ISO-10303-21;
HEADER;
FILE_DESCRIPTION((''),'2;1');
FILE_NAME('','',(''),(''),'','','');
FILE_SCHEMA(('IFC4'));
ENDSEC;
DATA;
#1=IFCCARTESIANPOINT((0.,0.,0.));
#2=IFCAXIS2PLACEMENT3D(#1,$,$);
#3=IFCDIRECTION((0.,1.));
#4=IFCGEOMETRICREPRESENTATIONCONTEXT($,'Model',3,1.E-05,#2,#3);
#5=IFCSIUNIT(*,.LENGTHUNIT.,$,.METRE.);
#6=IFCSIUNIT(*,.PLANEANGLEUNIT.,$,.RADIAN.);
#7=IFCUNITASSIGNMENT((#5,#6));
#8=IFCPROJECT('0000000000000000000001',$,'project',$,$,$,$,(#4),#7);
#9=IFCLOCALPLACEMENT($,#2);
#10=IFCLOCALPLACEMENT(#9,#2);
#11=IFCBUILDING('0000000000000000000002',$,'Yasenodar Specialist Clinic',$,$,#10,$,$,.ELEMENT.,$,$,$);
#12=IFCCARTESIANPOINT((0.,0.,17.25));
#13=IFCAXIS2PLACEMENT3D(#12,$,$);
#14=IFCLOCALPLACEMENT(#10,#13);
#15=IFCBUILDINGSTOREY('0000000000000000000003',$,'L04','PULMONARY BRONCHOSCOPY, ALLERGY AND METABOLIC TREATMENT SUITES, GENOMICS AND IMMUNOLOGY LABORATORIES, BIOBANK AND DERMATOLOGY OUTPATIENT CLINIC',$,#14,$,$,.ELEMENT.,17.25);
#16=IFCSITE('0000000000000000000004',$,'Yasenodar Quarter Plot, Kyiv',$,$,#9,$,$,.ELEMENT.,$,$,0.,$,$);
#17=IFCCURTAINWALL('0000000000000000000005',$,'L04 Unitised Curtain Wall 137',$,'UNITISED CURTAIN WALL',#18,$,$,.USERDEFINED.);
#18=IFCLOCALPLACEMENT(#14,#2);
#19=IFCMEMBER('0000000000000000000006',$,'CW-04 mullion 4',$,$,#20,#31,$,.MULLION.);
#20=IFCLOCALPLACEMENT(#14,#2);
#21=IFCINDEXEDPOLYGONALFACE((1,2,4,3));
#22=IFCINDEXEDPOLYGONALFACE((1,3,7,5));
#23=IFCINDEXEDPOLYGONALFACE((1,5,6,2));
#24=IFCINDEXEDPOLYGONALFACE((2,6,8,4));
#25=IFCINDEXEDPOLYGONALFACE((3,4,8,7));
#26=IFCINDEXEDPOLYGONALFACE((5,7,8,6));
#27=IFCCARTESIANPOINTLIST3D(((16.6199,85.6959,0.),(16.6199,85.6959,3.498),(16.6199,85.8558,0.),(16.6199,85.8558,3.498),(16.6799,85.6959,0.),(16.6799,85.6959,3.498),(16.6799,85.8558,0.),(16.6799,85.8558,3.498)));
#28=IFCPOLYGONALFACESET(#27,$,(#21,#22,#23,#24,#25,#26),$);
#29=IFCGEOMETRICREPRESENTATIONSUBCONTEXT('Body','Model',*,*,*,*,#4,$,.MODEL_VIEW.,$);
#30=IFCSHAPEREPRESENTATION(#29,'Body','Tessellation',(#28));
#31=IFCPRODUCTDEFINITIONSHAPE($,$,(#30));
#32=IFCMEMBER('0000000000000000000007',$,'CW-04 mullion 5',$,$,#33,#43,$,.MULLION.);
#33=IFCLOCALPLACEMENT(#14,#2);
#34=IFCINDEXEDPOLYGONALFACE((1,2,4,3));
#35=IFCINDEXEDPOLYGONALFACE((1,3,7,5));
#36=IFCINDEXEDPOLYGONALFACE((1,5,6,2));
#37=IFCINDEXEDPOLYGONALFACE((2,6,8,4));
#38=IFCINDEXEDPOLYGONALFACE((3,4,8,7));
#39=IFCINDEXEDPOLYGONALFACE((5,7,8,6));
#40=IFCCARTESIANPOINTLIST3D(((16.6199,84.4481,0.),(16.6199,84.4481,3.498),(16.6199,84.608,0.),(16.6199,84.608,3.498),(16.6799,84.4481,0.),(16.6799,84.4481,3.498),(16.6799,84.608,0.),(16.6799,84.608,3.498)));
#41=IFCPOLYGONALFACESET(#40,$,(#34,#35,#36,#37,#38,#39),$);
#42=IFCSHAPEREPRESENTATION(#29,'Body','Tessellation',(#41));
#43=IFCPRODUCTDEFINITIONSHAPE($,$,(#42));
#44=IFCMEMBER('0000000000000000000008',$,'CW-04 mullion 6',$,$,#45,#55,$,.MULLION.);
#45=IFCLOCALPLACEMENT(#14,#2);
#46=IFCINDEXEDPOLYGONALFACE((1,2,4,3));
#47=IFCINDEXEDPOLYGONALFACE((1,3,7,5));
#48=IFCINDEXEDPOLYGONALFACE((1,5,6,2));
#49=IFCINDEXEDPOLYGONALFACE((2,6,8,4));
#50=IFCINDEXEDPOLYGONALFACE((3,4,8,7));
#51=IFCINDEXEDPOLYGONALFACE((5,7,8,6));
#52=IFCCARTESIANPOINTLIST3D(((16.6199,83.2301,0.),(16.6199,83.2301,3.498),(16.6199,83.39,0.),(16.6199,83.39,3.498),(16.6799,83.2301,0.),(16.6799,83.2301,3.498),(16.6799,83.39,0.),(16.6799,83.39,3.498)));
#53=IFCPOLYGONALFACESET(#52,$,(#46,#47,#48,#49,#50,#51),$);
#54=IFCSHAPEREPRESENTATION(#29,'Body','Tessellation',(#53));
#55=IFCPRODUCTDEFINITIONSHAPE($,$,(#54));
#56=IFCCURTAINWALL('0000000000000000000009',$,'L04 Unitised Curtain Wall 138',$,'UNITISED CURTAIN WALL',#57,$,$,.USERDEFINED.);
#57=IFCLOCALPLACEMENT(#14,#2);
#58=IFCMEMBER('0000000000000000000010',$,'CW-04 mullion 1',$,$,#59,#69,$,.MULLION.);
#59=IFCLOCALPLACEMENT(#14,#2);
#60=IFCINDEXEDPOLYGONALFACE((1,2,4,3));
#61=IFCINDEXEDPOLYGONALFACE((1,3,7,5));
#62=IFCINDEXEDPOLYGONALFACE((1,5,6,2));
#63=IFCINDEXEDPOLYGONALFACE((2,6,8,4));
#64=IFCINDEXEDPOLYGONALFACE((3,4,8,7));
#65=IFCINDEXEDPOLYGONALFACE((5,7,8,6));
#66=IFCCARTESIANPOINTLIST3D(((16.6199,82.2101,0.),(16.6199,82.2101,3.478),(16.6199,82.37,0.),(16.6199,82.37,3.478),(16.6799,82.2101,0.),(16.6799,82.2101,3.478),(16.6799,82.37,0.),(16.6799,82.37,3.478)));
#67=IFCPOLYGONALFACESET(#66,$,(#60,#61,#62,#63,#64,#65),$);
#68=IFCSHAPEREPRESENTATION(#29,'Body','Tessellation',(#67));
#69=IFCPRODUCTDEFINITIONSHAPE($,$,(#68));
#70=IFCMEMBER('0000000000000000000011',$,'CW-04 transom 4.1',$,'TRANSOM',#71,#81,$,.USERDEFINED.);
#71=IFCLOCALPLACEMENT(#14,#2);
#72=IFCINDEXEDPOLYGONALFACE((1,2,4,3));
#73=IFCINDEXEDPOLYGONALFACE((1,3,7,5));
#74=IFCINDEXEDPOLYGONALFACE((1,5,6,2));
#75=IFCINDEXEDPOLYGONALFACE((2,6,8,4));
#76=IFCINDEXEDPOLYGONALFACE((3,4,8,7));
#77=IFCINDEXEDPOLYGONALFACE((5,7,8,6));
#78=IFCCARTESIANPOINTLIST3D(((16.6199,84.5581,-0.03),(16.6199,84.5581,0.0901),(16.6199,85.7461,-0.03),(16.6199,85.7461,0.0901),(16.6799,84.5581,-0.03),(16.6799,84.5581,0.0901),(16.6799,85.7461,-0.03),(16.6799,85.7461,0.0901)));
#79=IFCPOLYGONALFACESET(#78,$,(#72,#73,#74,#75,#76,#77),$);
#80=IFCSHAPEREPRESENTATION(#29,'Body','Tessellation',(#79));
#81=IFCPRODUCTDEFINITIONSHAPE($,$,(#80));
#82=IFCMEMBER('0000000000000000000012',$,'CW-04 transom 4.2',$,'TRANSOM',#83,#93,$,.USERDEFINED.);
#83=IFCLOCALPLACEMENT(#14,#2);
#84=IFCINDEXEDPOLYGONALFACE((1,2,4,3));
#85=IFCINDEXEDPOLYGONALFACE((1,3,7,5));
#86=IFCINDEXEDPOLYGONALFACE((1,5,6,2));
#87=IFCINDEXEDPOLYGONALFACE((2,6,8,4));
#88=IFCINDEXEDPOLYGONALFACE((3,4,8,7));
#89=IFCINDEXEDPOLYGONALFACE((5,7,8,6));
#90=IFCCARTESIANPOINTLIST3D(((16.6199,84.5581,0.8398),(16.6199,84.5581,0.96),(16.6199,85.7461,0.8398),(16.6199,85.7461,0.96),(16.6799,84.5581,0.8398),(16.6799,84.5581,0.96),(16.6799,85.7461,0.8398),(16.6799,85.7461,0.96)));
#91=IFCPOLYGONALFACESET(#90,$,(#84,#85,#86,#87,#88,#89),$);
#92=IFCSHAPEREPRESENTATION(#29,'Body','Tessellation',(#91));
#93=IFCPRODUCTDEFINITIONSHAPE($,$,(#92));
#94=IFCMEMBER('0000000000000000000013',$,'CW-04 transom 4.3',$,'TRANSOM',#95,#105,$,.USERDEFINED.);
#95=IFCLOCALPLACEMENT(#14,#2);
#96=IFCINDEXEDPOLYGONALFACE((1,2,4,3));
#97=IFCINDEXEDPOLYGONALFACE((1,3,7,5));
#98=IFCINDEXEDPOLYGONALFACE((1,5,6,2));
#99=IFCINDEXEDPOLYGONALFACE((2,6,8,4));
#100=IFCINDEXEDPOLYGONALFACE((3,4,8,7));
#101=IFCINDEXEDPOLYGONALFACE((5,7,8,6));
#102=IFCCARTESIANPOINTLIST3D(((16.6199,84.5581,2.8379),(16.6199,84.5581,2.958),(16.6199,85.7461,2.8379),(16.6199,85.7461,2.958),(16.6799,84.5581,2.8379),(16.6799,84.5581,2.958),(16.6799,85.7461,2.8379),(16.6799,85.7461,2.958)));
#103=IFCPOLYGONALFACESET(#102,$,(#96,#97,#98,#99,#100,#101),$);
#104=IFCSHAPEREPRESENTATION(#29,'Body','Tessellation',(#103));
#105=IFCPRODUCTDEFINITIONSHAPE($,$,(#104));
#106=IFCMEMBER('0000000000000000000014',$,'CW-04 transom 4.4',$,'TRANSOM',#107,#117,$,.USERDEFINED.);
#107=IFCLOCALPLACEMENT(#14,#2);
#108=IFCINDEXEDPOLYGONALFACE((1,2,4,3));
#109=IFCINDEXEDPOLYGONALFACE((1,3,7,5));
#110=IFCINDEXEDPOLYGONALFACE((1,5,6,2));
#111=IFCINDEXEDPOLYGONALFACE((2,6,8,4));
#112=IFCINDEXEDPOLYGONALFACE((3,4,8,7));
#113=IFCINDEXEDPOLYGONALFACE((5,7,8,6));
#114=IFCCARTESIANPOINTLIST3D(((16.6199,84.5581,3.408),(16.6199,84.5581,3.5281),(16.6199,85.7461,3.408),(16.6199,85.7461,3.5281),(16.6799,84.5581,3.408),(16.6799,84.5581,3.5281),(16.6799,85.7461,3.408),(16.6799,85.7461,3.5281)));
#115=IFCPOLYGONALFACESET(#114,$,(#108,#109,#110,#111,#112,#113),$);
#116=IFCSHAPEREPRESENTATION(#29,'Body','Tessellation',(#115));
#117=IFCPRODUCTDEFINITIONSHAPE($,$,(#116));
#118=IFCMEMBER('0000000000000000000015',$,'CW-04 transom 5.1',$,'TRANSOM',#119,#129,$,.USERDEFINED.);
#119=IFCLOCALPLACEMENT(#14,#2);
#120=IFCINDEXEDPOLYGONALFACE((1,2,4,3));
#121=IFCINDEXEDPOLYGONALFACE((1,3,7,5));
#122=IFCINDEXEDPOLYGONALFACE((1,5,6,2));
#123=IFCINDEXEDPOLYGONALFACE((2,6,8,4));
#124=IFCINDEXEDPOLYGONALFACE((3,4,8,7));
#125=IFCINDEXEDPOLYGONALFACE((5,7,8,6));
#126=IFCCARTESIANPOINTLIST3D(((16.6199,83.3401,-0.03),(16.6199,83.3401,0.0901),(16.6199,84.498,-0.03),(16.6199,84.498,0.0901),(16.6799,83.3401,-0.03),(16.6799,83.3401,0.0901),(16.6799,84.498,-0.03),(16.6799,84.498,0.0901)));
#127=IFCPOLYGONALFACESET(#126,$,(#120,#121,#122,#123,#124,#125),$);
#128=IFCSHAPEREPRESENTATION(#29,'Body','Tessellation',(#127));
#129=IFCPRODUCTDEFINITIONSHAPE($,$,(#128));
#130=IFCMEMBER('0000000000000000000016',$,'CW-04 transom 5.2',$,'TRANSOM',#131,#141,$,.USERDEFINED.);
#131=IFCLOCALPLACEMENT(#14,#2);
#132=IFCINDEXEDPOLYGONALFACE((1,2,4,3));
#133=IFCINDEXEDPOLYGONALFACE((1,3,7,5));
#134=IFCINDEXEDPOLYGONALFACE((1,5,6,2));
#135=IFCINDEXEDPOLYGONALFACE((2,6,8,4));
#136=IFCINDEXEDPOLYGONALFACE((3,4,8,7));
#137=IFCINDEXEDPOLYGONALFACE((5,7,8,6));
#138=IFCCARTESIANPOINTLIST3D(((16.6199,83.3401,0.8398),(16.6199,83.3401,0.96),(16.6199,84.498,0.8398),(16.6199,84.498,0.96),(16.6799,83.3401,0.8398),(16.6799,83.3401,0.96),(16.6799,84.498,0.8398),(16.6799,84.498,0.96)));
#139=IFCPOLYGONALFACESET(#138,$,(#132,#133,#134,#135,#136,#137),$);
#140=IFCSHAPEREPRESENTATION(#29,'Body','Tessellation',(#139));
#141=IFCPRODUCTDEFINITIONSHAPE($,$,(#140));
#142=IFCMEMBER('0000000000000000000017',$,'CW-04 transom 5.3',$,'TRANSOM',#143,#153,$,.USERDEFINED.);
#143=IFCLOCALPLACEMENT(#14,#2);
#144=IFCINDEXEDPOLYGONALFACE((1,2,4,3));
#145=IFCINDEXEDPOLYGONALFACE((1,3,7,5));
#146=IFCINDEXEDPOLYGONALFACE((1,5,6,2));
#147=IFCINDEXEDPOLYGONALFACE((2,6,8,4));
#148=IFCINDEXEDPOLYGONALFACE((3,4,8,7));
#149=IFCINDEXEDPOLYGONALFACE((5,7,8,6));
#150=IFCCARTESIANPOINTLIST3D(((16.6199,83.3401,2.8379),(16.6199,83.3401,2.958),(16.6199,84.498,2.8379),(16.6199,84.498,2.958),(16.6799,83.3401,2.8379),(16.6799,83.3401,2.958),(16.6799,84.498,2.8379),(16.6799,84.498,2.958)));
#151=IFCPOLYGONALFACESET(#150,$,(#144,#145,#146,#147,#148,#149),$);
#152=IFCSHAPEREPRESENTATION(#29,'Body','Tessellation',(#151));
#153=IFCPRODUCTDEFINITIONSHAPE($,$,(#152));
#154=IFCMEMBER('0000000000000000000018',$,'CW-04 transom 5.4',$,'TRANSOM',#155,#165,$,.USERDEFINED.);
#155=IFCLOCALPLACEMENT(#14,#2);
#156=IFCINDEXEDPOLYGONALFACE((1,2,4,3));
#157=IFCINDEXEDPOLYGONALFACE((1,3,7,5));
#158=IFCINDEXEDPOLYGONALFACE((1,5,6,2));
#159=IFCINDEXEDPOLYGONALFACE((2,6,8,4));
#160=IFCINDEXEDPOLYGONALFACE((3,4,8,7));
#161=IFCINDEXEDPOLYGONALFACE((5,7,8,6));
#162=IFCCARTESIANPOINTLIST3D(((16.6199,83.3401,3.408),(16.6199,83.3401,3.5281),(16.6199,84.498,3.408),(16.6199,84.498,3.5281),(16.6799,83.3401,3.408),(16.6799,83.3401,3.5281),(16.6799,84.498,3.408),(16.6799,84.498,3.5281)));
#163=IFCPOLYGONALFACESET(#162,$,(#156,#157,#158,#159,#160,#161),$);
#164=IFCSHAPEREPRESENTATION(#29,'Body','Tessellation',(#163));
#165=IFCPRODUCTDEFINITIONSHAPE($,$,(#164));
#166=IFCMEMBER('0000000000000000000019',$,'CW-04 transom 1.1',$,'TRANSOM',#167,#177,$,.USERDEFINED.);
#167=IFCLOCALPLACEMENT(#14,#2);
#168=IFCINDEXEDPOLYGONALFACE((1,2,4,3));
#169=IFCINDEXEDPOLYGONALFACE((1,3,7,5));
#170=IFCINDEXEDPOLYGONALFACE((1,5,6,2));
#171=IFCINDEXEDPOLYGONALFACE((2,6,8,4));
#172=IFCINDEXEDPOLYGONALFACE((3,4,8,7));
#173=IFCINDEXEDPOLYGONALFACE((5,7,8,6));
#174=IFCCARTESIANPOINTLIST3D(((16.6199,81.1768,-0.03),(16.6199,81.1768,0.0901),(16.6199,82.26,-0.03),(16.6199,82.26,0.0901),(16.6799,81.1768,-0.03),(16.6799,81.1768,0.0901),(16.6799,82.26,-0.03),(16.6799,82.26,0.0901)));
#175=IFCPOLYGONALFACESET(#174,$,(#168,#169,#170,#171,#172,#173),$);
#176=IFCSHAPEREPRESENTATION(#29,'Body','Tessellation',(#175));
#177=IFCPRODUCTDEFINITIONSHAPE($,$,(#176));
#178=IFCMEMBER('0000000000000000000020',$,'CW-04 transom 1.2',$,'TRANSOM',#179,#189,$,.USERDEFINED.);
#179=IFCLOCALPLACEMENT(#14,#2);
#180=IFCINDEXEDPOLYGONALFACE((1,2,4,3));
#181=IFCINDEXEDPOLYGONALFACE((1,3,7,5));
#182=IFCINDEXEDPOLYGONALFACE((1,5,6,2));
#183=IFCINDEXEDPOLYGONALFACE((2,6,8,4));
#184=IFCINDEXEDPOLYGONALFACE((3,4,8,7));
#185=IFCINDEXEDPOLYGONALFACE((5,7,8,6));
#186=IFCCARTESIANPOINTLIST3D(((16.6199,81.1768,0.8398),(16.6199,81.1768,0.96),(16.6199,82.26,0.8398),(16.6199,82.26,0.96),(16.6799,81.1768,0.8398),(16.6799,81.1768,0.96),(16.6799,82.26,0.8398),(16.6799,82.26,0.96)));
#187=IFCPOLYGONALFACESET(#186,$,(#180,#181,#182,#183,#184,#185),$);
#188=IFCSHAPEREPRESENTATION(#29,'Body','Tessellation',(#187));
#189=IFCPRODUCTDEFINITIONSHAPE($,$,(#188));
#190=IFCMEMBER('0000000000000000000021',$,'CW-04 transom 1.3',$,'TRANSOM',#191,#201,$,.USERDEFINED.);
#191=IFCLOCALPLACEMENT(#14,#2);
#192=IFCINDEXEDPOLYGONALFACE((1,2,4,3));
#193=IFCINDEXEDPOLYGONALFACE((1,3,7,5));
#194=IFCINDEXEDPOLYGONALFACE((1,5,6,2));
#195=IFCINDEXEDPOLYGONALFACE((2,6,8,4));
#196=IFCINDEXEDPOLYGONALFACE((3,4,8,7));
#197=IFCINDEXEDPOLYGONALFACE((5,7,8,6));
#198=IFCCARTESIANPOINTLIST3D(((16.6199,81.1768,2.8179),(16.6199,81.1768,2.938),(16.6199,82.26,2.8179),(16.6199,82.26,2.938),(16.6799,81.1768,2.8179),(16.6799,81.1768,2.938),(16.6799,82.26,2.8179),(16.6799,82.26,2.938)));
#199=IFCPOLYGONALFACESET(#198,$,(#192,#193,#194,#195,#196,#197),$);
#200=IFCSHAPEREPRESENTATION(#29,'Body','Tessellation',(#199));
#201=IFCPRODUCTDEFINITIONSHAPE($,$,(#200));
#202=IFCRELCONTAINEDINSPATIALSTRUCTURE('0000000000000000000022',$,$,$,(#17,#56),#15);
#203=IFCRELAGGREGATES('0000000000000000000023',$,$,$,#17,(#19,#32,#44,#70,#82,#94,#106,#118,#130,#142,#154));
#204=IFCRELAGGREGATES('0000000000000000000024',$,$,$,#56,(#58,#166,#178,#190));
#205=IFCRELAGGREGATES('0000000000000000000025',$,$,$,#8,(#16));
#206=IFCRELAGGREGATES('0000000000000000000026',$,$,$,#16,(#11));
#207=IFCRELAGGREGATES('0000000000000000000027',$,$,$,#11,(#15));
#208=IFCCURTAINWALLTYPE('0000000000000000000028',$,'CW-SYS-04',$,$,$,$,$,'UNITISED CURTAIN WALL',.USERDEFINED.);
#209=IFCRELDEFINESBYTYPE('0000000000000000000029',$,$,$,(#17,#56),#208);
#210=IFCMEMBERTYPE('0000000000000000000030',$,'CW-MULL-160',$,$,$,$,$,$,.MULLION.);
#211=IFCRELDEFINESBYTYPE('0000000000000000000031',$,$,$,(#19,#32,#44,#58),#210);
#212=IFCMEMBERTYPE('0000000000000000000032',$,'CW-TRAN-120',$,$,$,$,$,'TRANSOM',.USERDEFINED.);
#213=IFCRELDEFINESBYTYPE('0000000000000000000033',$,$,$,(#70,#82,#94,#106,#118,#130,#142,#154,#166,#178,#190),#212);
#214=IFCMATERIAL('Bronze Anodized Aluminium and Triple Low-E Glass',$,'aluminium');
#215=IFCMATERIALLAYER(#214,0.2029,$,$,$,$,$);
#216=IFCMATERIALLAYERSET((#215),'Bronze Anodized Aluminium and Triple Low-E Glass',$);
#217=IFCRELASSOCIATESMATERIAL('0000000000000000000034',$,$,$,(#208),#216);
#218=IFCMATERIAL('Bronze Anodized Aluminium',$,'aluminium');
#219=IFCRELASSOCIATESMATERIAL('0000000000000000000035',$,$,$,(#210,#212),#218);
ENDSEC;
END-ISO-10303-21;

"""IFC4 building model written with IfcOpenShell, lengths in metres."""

from ifc_helpers import new_model, si_unit, direction, frame, origin, origin_2d, place, context, subcontext, project, spatial, rectangle, extrude, material, layer, layer_set, material_profile, profile_set, type_object, element, aggregate, save


model = new_model("IFC4")

# Units and contexts
model_context = context("Model", 3, precision=1e-05, world=origin(), true_north=direction((0.0, 1.0)))
body_context = subcontext(model_context, "Body", "Model", "MODEL_VIEW")
ifc_project = project(units=[si_unit("LENGTHUNIT", "METRE"), si_unit("PLANEANGLEUNIT", "RADIAN")], contexts=[model_context])

# Site, building, storey
site_placement = place(None, origin())
site = spatial("IfcSite", under=ifc_project, at=site_placement, Name="Yasenodar Quarter Plot, Kyiv", CompositionType="ELEMENT", RefElevation=0.0)
building_placement = place(site_placement, origin())
building = spatial("IfcBuilding", under=site, at=building_placement, Name="Yasenodar Specialist Clinic", CompositionType="ELEMENT")
storey_placement = place(building_placement, frame((0.0, 0.0, 17.25)))
storey = spatial("IfcBuildingStorey", under=building, at=storey_placement, Name="L04", Description="PULMONARY BRONCHOSCOPY, ALLERGY AND METABOLIC TREATMENT SUITES, GENOMICS AND IMMUNOLOGY LABORATORIES, BIOBANK AND DERMATOLOGY OUTPATIENT CLINIC", CompositionType="ELEMENT", Elevation=17.25)

# Curtain wall, members
ifc_material_1 = material(Name="Bronze Anodized Aluminium and Triple Low-E Glass", Category="aluminium")
ifc_layer_1 = layer(ifc_material_1, 0.2029)
ifc_layer_set_1 = layer_set([ifc_layer_1], Name="Bronze Anodized Aluminium and Triple Low-E Glass")
curtain_wall_type = type_object("IfcCurtainWallType", Name="CW-SYS-04", ElementType="UNITISED CURTAIN WALL", PredefinedType="USERDEFINED", material=ifc_layer_set_1)
curtain_wall_1_placement = place(storey_placement, origin())
curtain_wall_1 = element("IfcCurtainWall", 1, at=curtain_wall_1_placement, inside=storey, type_object=curtain_wall_type, Name="L04 Unitised Curtain Wall 137", ObjectType="UNITISED CURTAIN WALL", PredefinedType="USERDEFINED")
ifc_material_2 = material(Name="Bronze Anodized Aluminium", Category="aluminium")
ifc_material_profile_1 = material_profile(ifc_material_2, rectangle(XDim=0.0601, YDim=0.1599, at=origin_2d()), Name="CW-MULL 60x160")
ifc_profile_set_1 = profile_set([ifc_material_profile_1], Name="Bronze Anodized Aluminium")
member_type_1 = type_object("IfcMemberType", Name="CW-MULL-160", PredefinedType="MULLION", material=ifc_profile_set_1)
member_1_placement = place(storey_placement, frame((16.6499, 85.7759, 0.0), z_axis=(0.0, 0.0, 1.0), x_axis=(1.0, 0.0, 0.0)))
member_1 = element("IfcMember", 2, at=member_1_placement, type_object=member_type_1, Name="CW-04 mullion 4", PredefinedType="MULLION", context=body_context, shape_type="SweptSolid", body=[
    extrude(rectangle(XDim=0.0601, YDim=0.1599, at=origin_2d()), origin(), (0.0, 0.0, 1.0), 3.498),
])
member_2_placement = place(storey_placement, frame((16.6499, 84.5281, 0.0), z_axis=(0.0, 0.0, 1.0), x_axis=(1.0, 0.0, 0.0)))
member_2 = element("IfcMember", 3, at=member_2_placement, type_object=member_type_1, Name="CW-04 mullion 5", PredefinedType="MULLION", context=body_context, shape_type="SweptSolid", body=[
    extrude(rectangle(XDim=0.0601, YDim=0.1599, at=origin_2d()), origin(), (0.0, 0.0, 1.0), 3.498),
])
member_3_placement = place(storey_placement, frame((16.6499, 83.3101, 0.0), z_axis=(0.0, 0.0, 1.0), x_axis=(1.0, 0.0, 0.0)))
member_3 = element("IfcMember", 4, at=member_3_placement, type_object=member_type_1, Name="CW-04 mullion 6", PredefinedType="MULLION", context=body_context, shape_type="SweptSolid", body=[
    extrude(rectangle(XDim=0.0601, YDim=0.1599, at=origin_2d()), origin(), (0.0, 0.0, 1.0), 3.498),
])

# Curtain wall, member
curtain_wall_2_placement = place(storey_placement, origin())
curtain_wall_2 = element("IfcCurtainWall", 5, at=curtain_wall_2_placement, inside=storey, type_object=curtain_wall_type, Name="L04 Unitised Curtain Wall 138", ObjectType="UNITISED CURTAIN WALL", PredefinedType="USERDEFINED")
member_4_placement = place(storey_placement, frame((16.6499, 82.29, 0.0), z_axis=(0.0, 0.0, 1.0), x_axis=(1.0, 0.0, 0.0)))
member_4 = element("IfcMember", 6, at=member_4_placement, type_object=member_type_1, Name="CW-04 mullion 1", PredefinedType="MULLION", context=body_context, shape_type="SweptSolid", body=[
    extrude(rectangle(XDim=0.0601, YDim=0.1599, at=origin_2d()), origin(), (0.0, 0.0, 1.0), 3.478),
])

# Members
ifc_material_profile_2 = material_profile(ifc_material_2, rectangle(XDim=0.0601, YDim=0.1201, at=origin_2d()), Name="CW-TRAN 60x120")
ifc_profile_set_2 = profile_set([ifc_material_profile_2], Name="Bronze Anodized Aluminium")
member_type_2 = type_object("IfcMemberType", Name="CW-TRAN-120", ElementType="TRANSOM", PredefinedType="USERDEFINED", material=ifc_profile_set_2)
member_5_placement = place(storey_placement, frame((16.6499, 85.7461, 0.03), z_axis=(0.0, -1.0, 0.0), x_axis=(1.0, 0.0, 0.0)))
member_5 = element("IfcMember", 7, at=member_5_placement, type_object=member_type_2, Name="CW-04 transom 4.1", ObjectType="TRANSOM", PredefinedType="USERDEFINED", context=body_context, shape_type="SweptSolid", body=[
    extrude(rectangle(XDim=0.0601, YDim=0.1201, at=origin_2d()), origin(), (0.0, 0.0, 1.0), 1.188),
])
member_6_placement = place(storey_placement, frame((16.6499, 85.7461, 0.8999), z_axis=(0.0, -1.0, 0.0), x_axis=(1.0, 0.0, 0.0)))
member_6 = element("IfcMember", 8, at=member_6_placement, type_object=member_type_2, Name="CW-04 transom 4.2", ObjectType="TRANSOM", PredefinedType="USERDEFINED", context=body_context, shape_type="SweptSolid", body=[
    extrude(rectangle(XDim=0.0601, YDim=0.1201, at=origin_2d()), origin(), (0.0, 0.0, 1.0), 1.188),
])
member_7_placement = place(storey_placement, frame((16.6499, 85.7461, 2.8979), z_axis=(0.0, -1.0, 0.0), x_axis=(1.0, 0.0, 0.0)))
member_7 = element("IfcMember", 9, at=member_7_placement, type_object=member_type_2, Name="CW-04 transom 4.3", ObjectType="TRANSOM", PredefinedType="USERDEFINED", context=body_context, shape_type="SweptSolid", body=[
    extrude(rectangle(XDim=0.0601, YDim=0.1201, at=origin_2d()), origin(), (0.0, 0.0, 1.0), 1.188),
])
member_8_placement = place(storey_placement, frame((16.6499, 85.7461, 3.468), z_axis=(0.0, -1.0, 0.0), x_axis=(1.0, 0.0, 0.0)))
member_8 = element("IfcMember", 10, at=member_8_placement, type_object=member_type_2, Name="CW-04 transom 4.4", ObjectType="TRANSOM", PredefinedType="USERDEFINED", context=body_context, shape_type="SweptSolid", body=[
    extrude(rectangle(XDim=0.0601, YDim=0.1201, at=origin_2d()), origin(), (0.0, 0.0, 1.0), 1.188),
])
member_9_placement = place(storey_placement, frame((16.6499, 84.498, 0.03), z_axis=(0.0, -1.0, 0.0), x_axis=(1.0, 0.0, 0.0)))
member_9 = element("IfcMember", 11, at=member_9_placement, type_object=member_type_2, Name="CW-04 transom 5.1", ObjectType="TRANSOM", PredefinedType="USERDEFINED", context=body_context, shape_type="SweptSolid", body=[
    extrude(rectangle(XDim=0.0601, YDim=0.1201, at=origin_2d()), origin(), (0.0, 0.0, 1.0), 1.158),
])
member_10_placement = place(storey_placement, frame((16.6499, 84.498, 0.8999), z_axis=(0.0, -1.0, 0.0), x_axis=(1.0, 0.0, 0.0)))
member_10 = element("IfcMember", 12, at=member_10_placement, type_object=member_type_2, Name="CW-04 transom 5.2", ObjectType="TRANSOM", PredefinedType="USERDEFINED", context=body_context, shape_type="SweptSolid", body=[
    extrude(rectangle(XDim=0.0601, YDim=0.1201, at=origin_2d()), origin(), (0.0, 0.0, 1.0), 1.158),
])
member_11_placement = place(storey_placement, frame((16.6499, 84.498, 2.8979), z_axis=(0.0, -1.0, 0.0), x_axis=(1.0, 0.0, 0.0)))
member_11 = element("IfcMember", 13, at=member_11_placement, type_object=member_type_2, Name="CW-04 transom 5.3", ObjectType="TRANSOM", PredefinedType="USERDEFINED", context=body_context, shape_type="SweptSolid", body=[
    extrude(rectangle(XDim=0.0601, YDim=0.1201, at=origin_2d()), origin(), (0.0, 0.0, 1.0), 1.158),
])
member_12_placement = place(storey_placement, frame((16.6499, 84.498, 3.468), z_axis=(0.0, -1.0, 0.0), x_axis=(1.0, 0.0, 0.0)))
member_12 = element("IfcMember", 14, at=member_12_placement, type_object=member_type_2, Name="CW-04 transom 5.4", ObjectType="TRANSOM", PredefinedType="USERDEFINED", context=body_context, shape_type="SweptSolid", body=[
    extrude(rectangle(XDim=0.0601, YDim=0.1201, at=origin_2d()), origin(), (0.0, 0.0, 1.0), 1.158),
])
member_13_placement = place(storey_placement, frame((16.6499, 82.26, 0.03), z_axis=(0.0, -1.0, 0.0), x_axis=(1.0, 0.0, 0.0)))
member_13 = element("IfcMember", 15, at=member_13_placement, type_object=member_type_2, Name="CW-04 transom 1.1", ObjectType="TRANSOM", PredefinedType="USERDEFINED", context=body_context, shape_type="SweptSolid", body=[
    extrude(rectangle(XDim=0.0601, YDim=0.1201, at=origin_2d()), origin(), (0.0, 0.0, 1.0), 1.0833),
])
member_14_placement = place(storey_placement, frame((16.6499, 82.26, 0.8999), z_axis=(0.0, -1.0, 0.0), x_axis=(1.0, 0.0, 0.0)))
member_14 = element("IfcMember", 16, at=member_14_placement, type_object=member_type_2, Name="CW-04 transom 1.2", ObjectType="TRANSOM", PredefinedType="USERDEFINED", context=body_context, shape_type="SweptSolid", body=[
    extrude(rectangle(XDim=0.0601, YDim=0.1201, at=origin_2d()), origin(), (0.0, 0.0, 1.0), 1.0833),
])
member_15_placement = place(storey_placement, frame((16.6499, 82.26, 2.8779), z_axis=(0.0, -1.0, 0.0), x_axis=(1.0, 0.0, 0.0)))
member_15 = element("IfcMember", 17, at=member_15_placement, type_object=member_type_2, Name="CW-04 transom 1.3", ObjectType="TRANSOM", PredefinedType="USERDEFINED", context=body_context, shape_type="SweptSolid", body=[
    extrude(rectangle(XDim=0.0601, YDim=0.1201, at=origin_2d()), origin(), (0.0, 0.0, 1.0), 1.0833),
])

aggregate(curtain_wall_1, [member_1, member_2, member_3, member_5, member_6, member_7, member_8, member_9, member_10, member_11, member_12])
aggregate(curtain_wall_2, [member_4, member_13, member_14, member_15])

save(model, "model.ifc")
